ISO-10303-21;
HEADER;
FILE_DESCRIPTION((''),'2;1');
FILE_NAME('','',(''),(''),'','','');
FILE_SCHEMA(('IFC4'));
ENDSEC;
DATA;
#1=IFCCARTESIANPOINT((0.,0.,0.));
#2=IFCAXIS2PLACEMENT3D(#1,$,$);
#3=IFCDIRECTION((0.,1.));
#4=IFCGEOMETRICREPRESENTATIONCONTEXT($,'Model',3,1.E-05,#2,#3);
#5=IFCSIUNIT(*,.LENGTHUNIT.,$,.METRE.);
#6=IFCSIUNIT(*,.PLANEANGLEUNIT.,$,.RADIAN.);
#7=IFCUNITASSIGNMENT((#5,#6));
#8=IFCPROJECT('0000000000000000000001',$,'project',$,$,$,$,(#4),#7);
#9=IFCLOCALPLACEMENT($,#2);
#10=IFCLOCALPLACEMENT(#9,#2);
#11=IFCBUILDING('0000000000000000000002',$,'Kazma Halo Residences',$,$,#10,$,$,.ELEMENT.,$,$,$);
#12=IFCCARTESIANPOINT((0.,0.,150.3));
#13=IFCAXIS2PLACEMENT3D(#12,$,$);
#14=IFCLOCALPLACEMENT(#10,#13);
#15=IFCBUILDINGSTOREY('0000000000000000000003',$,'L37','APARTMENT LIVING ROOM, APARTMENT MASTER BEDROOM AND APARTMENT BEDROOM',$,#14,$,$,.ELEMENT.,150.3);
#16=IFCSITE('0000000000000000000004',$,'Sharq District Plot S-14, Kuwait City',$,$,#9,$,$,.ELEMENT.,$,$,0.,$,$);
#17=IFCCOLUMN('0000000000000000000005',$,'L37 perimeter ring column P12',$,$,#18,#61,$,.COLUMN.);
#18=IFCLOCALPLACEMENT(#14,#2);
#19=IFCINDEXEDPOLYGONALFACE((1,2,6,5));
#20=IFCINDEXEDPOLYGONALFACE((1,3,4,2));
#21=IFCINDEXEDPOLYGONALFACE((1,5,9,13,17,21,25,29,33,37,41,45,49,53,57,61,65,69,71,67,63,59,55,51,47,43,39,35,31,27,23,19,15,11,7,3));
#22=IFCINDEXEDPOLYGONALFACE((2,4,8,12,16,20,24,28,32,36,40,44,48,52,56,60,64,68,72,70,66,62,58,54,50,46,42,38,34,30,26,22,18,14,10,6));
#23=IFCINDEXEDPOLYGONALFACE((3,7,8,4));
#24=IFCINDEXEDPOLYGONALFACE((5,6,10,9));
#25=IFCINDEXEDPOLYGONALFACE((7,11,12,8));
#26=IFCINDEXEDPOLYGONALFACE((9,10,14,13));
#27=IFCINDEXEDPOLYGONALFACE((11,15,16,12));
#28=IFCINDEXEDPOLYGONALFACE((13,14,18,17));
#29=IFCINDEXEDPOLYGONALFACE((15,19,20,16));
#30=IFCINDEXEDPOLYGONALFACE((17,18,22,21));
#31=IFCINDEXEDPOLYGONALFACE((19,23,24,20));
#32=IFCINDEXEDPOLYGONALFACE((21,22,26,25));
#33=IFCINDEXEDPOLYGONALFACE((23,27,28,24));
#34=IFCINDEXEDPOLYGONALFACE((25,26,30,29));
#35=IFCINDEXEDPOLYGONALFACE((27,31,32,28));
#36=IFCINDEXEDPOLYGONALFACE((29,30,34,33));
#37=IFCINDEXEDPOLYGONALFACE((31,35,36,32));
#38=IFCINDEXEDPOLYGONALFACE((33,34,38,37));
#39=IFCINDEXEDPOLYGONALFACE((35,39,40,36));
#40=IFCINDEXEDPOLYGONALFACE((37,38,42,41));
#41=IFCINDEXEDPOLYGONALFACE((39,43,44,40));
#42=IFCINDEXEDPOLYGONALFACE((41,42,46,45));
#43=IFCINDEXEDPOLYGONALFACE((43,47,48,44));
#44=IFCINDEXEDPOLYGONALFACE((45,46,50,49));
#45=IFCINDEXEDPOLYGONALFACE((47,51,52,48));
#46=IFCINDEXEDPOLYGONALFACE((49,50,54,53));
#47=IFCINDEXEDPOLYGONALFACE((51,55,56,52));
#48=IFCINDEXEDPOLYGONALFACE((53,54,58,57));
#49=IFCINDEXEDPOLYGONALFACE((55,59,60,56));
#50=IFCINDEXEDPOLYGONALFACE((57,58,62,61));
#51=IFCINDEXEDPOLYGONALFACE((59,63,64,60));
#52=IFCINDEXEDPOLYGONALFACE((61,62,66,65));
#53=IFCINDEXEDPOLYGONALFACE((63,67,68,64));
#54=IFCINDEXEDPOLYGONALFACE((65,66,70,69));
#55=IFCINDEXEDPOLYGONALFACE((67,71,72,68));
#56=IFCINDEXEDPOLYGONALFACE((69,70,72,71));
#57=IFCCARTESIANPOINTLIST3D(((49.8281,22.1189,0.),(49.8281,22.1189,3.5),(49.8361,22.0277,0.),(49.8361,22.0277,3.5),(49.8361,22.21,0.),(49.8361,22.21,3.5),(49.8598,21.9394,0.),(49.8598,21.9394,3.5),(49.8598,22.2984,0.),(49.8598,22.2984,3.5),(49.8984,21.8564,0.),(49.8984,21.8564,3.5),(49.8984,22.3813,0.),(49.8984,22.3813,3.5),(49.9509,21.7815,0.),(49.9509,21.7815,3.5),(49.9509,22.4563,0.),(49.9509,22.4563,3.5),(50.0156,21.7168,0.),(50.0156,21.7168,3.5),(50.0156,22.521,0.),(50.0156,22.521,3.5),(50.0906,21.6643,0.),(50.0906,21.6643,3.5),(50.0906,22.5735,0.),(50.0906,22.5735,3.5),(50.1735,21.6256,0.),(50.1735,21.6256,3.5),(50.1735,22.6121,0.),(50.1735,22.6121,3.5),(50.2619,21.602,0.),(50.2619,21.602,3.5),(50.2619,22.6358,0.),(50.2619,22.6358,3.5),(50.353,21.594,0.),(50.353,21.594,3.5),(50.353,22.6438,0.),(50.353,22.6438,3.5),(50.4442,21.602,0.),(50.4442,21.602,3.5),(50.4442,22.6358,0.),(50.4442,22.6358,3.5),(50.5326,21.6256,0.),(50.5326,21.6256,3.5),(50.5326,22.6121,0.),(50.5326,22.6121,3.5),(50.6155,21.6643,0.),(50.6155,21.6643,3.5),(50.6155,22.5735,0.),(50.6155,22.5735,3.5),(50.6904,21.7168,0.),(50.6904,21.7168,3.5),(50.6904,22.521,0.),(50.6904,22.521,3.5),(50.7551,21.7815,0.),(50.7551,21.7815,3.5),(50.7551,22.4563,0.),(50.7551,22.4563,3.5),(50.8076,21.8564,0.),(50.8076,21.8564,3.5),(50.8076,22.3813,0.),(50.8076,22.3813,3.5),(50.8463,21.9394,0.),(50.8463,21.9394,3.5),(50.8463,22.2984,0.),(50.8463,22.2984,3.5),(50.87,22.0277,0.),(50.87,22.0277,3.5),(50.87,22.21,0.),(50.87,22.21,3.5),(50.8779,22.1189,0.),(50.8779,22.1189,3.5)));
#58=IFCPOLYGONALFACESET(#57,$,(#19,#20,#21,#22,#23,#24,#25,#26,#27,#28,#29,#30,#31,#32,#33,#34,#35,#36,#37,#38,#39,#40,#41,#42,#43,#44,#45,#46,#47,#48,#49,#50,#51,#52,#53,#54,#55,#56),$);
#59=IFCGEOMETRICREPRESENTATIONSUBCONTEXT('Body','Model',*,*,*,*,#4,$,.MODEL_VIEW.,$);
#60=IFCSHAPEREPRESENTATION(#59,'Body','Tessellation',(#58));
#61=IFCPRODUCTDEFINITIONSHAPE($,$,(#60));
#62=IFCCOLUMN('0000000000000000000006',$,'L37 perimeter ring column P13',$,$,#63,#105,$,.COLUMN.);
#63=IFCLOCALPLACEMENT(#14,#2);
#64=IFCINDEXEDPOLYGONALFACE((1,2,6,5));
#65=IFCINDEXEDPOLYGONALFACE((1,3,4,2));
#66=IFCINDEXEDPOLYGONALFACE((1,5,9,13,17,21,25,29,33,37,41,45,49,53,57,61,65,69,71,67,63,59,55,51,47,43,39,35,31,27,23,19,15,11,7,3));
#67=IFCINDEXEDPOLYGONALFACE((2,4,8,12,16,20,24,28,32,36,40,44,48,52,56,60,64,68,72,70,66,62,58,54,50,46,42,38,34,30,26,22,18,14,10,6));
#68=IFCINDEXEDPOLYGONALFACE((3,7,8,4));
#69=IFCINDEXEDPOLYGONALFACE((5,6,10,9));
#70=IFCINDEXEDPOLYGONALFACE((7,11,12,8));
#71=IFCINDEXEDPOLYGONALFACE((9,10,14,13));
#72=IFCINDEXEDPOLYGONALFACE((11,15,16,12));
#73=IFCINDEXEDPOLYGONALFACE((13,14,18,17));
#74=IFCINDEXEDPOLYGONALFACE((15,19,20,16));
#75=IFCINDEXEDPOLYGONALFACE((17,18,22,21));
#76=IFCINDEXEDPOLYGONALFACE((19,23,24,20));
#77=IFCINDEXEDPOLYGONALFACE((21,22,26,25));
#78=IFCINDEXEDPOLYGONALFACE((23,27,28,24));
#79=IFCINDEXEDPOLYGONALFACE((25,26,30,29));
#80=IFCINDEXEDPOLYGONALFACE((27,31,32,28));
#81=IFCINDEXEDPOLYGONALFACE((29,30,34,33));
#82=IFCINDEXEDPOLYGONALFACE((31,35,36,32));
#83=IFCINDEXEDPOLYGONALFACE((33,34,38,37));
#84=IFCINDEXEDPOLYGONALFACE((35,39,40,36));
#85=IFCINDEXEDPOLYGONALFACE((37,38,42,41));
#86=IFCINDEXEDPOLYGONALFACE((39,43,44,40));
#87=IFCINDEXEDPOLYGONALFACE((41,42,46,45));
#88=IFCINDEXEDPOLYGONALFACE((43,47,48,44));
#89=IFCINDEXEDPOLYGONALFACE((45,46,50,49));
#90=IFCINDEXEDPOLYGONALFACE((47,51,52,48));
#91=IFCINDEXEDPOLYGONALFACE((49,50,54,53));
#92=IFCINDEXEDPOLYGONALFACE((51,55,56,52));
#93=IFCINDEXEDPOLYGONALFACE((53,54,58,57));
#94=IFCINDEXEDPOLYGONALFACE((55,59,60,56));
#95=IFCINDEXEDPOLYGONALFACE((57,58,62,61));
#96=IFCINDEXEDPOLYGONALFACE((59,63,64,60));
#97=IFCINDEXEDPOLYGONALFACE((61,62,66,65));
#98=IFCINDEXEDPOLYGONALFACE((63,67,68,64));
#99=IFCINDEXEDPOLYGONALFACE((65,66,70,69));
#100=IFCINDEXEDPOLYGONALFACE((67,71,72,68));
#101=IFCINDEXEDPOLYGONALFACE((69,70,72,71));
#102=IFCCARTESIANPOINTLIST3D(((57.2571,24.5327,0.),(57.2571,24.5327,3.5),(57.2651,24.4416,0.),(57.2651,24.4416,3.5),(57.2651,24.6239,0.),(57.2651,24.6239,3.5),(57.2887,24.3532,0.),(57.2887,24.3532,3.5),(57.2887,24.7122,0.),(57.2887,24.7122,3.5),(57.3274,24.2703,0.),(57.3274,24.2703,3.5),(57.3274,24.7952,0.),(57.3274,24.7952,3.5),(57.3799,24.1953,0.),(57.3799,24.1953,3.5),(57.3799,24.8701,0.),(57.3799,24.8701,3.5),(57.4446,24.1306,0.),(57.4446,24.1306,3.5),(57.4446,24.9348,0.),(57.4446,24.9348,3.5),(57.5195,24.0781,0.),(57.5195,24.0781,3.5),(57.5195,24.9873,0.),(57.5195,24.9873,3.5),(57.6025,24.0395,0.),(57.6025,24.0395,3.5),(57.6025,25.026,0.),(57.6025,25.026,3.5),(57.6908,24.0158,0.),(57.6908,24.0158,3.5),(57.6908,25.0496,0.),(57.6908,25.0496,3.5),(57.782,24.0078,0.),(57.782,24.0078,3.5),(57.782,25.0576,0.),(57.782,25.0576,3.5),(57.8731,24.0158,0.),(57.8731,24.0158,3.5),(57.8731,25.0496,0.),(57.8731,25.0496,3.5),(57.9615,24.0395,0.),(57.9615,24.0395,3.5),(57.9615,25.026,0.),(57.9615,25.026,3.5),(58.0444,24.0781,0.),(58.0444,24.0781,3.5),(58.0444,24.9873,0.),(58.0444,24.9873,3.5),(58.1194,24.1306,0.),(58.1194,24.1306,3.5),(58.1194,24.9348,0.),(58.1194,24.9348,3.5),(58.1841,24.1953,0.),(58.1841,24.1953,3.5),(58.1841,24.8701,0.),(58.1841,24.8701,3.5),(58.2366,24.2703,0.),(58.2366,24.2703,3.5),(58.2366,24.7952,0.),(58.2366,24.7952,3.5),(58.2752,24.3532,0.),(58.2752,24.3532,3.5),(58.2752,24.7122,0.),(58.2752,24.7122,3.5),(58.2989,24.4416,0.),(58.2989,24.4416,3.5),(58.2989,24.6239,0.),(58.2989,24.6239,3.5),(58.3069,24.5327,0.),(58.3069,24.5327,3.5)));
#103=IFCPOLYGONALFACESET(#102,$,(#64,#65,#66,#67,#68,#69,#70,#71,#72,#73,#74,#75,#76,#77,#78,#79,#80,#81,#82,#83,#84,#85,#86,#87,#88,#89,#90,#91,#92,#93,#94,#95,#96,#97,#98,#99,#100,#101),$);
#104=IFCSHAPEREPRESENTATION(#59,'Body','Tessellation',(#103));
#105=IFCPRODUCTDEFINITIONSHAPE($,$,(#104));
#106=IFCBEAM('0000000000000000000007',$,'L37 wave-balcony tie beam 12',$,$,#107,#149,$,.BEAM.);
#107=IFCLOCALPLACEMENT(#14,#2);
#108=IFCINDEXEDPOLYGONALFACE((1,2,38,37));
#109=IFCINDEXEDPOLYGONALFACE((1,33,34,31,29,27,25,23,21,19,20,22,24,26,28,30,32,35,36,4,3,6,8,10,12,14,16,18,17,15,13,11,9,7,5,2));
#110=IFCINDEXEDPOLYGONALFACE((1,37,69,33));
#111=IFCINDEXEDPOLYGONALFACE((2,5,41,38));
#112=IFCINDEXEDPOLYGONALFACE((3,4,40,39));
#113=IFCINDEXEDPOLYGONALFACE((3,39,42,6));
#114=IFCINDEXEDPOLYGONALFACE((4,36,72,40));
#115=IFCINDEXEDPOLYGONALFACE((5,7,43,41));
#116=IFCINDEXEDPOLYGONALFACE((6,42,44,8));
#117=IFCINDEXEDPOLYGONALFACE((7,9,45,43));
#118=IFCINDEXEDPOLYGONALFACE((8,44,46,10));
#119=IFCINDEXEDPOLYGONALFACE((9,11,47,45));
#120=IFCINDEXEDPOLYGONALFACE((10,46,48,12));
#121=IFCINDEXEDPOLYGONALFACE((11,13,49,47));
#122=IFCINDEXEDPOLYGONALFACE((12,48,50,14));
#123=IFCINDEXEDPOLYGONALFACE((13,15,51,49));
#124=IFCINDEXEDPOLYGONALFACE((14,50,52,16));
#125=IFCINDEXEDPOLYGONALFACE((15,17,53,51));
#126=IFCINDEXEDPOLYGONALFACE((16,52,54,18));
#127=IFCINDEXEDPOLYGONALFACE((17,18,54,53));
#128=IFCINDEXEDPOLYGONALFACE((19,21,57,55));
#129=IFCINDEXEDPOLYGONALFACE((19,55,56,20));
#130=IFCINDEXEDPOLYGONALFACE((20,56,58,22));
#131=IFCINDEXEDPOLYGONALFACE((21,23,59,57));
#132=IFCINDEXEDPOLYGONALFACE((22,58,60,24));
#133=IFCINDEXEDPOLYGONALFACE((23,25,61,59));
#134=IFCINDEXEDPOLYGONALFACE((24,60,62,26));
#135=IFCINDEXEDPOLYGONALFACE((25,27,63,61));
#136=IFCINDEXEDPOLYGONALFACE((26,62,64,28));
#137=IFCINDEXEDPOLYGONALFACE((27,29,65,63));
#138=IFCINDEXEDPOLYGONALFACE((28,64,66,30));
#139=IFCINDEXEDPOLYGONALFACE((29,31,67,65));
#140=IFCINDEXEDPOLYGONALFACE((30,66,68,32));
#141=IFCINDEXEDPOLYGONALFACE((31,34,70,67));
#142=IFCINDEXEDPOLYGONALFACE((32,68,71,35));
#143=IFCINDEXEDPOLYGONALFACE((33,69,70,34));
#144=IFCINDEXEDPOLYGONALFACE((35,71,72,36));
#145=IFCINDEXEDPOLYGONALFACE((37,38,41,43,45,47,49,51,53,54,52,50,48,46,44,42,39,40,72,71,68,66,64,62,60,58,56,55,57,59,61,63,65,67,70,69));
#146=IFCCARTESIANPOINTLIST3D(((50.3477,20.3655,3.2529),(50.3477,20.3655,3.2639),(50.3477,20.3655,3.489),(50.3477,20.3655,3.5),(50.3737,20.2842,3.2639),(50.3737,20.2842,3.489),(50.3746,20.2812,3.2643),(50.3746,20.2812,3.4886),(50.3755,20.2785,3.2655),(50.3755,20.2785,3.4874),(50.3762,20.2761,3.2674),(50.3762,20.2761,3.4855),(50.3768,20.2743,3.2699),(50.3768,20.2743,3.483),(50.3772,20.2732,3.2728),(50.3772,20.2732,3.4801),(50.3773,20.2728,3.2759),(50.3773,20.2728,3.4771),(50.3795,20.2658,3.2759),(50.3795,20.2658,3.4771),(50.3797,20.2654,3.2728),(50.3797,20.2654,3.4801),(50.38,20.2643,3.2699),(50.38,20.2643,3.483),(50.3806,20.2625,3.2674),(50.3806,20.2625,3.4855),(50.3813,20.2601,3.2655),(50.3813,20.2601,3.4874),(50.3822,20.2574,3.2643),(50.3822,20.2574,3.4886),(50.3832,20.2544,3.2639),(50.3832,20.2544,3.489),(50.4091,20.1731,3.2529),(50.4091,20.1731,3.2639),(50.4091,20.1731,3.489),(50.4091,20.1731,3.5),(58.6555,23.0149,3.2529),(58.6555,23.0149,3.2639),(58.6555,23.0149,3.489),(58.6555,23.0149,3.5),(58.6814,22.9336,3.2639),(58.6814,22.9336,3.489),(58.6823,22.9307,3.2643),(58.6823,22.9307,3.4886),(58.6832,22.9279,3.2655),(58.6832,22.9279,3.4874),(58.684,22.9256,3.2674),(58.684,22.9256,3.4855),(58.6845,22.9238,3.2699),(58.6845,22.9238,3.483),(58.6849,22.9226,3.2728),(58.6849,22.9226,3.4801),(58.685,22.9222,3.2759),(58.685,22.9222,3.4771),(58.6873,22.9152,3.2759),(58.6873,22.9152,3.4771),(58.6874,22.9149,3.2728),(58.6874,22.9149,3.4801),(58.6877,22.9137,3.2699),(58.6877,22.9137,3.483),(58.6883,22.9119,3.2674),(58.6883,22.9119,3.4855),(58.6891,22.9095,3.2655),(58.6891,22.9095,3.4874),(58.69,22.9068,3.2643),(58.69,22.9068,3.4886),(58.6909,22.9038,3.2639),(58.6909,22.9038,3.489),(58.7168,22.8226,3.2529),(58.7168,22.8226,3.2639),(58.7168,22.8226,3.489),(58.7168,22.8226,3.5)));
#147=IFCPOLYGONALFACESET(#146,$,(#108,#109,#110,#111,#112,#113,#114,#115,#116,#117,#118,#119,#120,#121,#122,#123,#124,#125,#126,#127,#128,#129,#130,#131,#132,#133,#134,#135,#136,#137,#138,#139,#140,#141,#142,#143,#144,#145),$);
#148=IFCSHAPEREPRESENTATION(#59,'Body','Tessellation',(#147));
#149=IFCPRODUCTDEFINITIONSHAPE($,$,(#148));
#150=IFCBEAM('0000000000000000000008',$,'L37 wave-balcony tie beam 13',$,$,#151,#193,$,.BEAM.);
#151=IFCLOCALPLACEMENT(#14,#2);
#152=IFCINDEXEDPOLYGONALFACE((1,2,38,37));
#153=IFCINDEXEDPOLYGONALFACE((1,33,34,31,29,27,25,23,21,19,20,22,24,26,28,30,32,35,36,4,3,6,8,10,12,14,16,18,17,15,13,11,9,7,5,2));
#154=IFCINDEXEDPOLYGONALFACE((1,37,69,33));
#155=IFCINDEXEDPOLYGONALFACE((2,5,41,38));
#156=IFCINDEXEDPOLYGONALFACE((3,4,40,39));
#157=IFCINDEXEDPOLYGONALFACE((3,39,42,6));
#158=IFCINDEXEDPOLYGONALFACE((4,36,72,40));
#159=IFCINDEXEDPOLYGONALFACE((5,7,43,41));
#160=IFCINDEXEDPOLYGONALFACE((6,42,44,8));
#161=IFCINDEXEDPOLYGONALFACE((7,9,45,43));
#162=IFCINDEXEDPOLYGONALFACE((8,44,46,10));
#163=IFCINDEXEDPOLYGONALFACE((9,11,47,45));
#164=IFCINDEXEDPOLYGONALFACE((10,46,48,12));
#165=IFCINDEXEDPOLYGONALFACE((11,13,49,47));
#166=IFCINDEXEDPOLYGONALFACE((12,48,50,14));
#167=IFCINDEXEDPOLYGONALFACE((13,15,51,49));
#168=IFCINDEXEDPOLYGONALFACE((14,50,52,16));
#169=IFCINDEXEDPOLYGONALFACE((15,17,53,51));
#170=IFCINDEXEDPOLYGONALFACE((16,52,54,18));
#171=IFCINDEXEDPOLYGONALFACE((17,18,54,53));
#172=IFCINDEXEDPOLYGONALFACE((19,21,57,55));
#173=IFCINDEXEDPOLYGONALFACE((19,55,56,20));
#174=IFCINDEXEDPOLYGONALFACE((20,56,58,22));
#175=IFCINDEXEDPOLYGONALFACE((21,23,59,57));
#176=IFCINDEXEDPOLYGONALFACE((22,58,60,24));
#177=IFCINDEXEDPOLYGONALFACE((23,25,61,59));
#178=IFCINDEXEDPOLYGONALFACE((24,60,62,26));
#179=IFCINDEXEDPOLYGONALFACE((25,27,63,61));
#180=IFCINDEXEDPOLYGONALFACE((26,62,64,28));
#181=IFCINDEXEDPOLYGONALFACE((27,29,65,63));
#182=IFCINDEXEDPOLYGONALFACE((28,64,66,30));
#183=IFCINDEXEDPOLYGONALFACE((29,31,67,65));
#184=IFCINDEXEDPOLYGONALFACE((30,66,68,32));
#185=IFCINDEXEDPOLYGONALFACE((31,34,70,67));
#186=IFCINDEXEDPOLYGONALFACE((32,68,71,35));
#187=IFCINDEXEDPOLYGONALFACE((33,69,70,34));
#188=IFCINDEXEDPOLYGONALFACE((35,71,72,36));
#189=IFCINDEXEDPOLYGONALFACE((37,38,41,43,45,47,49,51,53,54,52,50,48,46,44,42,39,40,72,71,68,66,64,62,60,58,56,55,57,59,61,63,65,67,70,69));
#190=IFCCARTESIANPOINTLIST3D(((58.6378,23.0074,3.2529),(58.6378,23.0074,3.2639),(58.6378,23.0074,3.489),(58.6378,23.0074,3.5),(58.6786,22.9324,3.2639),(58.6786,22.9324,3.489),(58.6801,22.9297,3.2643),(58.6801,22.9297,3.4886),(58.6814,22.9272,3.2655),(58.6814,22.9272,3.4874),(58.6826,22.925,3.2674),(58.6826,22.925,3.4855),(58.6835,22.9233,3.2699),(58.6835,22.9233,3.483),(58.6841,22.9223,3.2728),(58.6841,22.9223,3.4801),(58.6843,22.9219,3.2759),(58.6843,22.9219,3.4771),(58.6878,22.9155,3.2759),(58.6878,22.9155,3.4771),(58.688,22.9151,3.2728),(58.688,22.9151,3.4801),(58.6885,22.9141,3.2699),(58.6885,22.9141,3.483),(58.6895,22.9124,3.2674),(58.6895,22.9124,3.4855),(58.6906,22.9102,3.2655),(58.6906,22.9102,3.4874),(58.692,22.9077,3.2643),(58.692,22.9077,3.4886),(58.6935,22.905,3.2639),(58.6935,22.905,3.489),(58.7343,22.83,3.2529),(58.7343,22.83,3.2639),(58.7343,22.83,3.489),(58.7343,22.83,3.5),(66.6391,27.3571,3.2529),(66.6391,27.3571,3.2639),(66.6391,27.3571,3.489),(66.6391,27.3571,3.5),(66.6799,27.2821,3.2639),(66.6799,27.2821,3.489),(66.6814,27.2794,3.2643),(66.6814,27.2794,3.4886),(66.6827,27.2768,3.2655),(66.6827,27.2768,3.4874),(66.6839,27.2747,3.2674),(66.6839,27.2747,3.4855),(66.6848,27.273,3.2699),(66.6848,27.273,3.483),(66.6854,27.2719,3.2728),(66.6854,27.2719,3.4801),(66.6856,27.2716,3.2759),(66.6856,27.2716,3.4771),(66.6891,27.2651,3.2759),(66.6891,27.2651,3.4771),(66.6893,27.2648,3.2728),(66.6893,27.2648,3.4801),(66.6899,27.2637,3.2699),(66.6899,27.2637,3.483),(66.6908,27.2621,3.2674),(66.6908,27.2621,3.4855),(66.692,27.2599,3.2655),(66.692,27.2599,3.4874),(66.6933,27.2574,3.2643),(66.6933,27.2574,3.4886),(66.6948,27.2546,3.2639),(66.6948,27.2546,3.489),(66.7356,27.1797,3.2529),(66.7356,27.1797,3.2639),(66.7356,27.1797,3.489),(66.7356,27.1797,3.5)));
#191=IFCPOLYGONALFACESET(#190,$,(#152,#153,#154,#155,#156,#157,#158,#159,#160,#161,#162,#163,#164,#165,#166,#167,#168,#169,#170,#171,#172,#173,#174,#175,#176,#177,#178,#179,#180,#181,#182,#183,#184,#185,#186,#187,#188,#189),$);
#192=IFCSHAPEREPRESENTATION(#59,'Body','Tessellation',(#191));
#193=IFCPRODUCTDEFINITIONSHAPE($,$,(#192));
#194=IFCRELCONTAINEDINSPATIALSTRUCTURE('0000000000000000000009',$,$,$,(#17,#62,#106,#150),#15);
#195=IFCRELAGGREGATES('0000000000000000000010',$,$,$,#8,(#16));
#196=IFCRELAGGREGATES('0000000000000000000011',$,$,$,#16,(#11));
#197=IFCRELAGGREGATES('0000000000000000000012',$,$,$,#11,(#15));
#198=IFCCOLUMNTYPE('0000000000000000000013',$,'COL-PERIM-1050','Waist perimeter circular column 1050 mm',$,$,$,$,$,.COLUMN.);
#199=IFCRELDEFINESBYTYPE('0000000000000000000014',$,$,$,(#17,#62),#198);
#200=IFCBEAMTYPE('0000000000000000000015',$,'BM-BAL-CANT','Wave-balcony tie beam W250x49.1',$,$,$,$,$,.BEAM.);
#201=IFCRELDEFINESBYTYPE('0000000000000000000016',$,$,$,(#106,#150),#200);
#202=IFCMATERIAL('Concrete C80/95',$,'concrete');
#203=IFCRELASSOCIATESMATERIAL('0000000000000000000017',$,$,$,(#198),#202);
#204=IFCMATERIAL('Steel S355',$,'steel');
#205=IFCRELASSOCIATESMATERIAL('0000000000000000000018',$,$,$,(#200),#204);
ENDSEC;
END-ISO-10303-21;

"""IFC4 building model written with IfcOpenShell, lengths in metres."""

from ifc_helpers import new_model, si_unit, direction, frame, origin, origin_2d, place, context, subcontext, project, spatial, circle, i_section, extrude, material, material_profile, profile_set, type_object, element, save


model = new_model("IFC4")

# Units and contexts
model_context = context("Model", 3, precision=1e-05, world=origin(), true_north=direction((0.0, 1.0)))
body_context = subcontext(model_context, "Body", "Model", "MODEL_VIEW")
ifc_project = project(units=[si_unit("LENGTHUNIT", "METRE"), si_unit("PLANEANGLEUNIT", "RADIAN")], contexts=[model_context])

# Site, building, storey
site_placement = place(None, origin())
site = spatial("IfcSite", under=ifc_project, at=site_placement, Name="Sharq District Plot S-14, Kuwait City", CompositionType="ELEMENT", RefElevation=0.0)
building_placement = place(site_placement, origin())
building = spatial("IfcBuilding", under=site, at=building_placement, Name="Kazma Halo Residences", CompositionType="ELEMENT")
storey_placement = place(building_placement, frame((0.0, 0.0, 150.3)))
storey = spatial("IfcBuildingStorey", under=building, at=storey_placement, Name="L37", Description="APARTMENT LIVING ROOM, APARTMENT MASTER BEDROOM AND APARTMENT BEDROOM", CompositionType="ELEMENT", Elevation=150.3)

# Columns
ifc_material_1 = material(Name="Concrete C80/95", Category="concrete")
ifc_material_profile_1 = material_profile(ifc_material_1, circle(Radius=0.5249, at=origin_2d()), Name="CIRC1050")
ifc_profile_set_1 = profile_set([ifc_material_profile_1], Name="Concrete C80/95")
column_type = type_object("IfcColumnType", Name="COL-PERIM-1050", Description="Waist perimeter circular column 1050 mm", PredefinedType="COLUMN", material=ifc_profile_set_1)
for number, where, z_axis, x_axis, name in (
    (1, (50.353, 22.1189, 0.0), (0.0, 0.0, 1.0), (1.0, 0.0, 0.0), "L37 perimeter ring column P12"),
    (2, (57.782, 24.5327, 0.0), (0.0, 0.0, 1.0), (1.0, 0.0, 0.0), "L37 perimeter ring column P13"),
):
    element("IfcColumn", number, at=place(storey_placement, frame(where, z_axis=z_axis, x_axis=x_axis)), inside=storey, type_object=column_type, Name=name, PredefinedType="COLUMN", context=body_context, shape_type="SweptSolid", body=[
        extrude(circle(Radius=0.5249, at=origin_2d()), origin(), (0.0, 0.0, 1.0), 3.5),
    ])

# Beams
ifc_material_2 = material(Name="Steel S355", Category="steel")
ifc_material_profile_2 = material_profile(ifc_material_2, i_section(OverallWidth=0.2019, OverallDepth=0.2471, WebThickness=0.0073, FlangeThickness=0.011, FilletRadius=0.012, at=origin_2d()), Name="W250x49.1")
ifc_profile_set_2 = profile_set([ifc_material_profile_2], Name="Steel S355")
beam_type_1 = type_object("IfcBeamType", Name="BM-BAL-CANT", Description="Wave-balcony tie beam W250x49.1", PredefinedType="BEAM", material=ifc_profile_set_2)
beam_1_placement = place(storey_placement, frame((50.3784, 20.2693, 3.3765), z_axis=(0.952724, 0.303837, 0.0), x_axis=(-0.303837, 0.952724, 0.0)))
element("IfcBeam", 3, at=beam_1_placement, inside=storey, type_object=beam_type_1, Name="L37 wave-balcony tie beam 12", PredefinedType="BEAM", context=body_context, shape_type="SweptSolid", body=[
    extrude(i_section(OverallWidth=0.2019, OverallDepth=0.2471, WebThickness=0.0073, FlangeThickness=0.011, FilletRadius=0.012, at=origin_2d()), origin(), (0.0, 0.0, 1.0), 8.72),
])
beam_2_placement = place(storey_placement, frame((58.686, 22.9187, 3.3765), z_axis=(0.878573, 0.477608, 0.0), x_axis=(-0.477608, 0.878573, 0.0)))
element("IfcBeam", 4, at=beam_2_placement, inside=storey, type_object=beam_type_1, Name="L37 wave-balcony tie beam 13", PredefinedType="BEAM", context=body_context, shape_type="SweptSolid", body=[
    extrude(i_section(OverallWidth=0.2019, OverallDepth=0.2471, WebThickness=0.0073, FlangeThickness=0.011, FilletRadius=0.012, at=origin_2d()), origin(), (0.0, 0.0, 1.0), 9.1072),
])

save(model, "model.ifc")
